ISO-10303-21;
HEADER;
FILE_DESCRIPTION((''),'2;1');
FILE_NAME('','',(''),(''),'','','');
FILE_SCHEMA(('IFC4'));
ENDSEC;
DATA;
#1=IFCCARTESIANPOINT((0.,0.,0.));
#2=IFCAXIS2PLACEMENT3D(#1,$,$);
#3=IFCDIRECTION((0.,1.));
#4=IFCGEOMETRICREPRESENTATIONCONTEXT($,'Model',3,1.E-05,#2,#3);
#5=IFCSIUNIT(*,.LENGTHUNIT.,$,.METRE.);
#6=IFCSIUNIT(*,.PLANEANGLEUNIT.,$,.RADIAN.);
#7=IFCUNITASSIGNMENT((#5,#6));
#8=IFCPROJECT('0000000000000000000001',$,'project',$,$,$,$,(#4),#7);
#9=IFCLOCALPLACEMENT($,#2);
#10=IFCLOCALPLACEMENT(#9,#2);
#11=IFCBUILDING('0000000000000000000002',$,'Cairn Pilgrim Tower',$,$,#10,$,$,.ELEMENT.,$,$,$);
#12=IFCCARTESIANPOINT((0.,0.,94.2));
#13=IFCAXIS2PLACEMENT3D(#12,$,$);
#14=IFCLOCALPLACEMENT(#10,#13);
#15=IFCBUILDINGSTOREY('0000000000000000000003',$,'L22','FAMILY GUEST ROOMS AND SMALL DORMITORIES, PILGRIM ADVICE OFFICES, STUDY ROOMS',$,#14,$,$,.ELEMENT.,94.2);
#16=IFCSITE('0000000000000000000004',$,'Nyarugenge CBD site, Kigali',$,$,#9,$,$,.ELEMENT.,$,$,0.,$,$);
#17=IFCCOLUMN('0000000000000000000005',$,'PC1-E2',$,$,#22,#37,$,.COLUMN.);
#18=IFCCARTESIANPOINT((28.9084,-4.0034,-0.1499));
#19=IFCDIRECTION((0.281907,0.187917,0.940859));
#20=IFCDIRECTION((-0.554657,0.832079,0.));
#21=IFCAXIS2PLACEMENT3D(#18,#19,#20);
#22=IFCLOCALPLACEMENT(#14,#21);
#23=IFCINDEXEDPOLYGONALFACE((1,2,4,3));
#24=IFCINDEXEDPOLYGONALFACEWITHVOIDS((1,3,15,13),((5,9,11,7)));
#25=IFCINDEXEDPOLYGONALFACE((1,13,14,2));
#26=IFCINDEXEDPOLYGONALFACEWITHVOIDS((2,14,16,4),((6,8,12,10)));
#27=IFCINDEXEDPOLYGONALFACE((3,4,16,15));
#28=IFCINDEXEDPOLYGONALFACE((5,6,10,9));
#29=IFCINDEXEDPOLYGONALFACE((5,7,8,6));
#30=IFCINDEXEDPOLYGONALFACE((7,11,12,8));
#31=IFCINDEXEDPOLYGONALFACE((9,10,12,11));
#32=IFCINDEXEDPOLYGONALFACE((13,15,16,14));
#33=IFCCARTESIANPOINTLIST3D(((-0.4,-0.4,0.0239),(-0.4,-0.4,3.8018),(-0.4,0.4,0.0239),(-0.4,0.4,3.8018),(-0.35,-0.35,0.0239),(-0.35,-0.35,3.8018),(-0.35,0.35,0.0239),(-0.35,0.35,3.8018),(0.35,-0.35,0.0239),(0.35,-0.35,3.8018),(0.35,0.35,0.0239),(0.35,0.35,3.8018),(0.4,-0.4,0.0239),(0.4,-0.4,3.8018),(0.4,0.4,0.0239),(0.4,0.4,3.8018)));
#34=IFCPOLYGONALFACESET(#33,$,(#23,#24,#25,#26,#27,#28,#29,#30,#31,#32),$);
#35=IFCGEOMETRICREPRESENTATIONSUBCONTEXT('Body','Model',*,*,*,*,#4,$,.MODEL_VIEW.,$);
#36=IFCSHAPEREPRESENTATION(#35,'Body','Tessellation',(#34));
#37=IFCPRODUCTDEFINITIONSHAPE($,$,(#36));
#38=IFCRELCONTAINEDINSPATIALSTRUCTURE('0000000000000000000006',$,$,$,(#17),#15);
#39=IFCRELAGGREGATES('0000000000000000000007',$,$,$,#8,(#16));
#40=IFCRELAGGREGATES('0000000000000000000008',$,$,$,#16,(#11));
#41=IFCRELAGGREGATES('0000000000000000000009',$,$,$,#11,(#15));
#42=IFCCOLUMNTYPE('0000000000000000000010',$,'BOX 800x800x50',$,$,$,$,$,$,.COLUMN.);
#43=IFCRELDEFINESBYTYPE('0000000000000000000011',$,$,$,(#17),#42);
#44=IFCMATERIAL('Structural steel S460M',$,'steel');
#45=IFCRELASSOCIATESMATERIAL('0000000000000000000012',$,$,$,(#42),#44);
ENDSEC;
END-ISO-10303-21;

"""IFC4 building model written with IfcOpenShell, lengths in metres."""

from ifc_helpers import new_model, si_unit, direction, frame, origin, origin_2d, place, context, subcontext, project, spatial, hollow_rectangle, extrude, clip, halfspace, material, material_profile, profile_set, type_object, element, save


model = new_model("IFC4")

# Units and contexts
model_context = context("Model", 3, precision=1e-05, world=origin(), true_north=direction((0.0, 1.0)))
body_context = subcontext(model_context, "Body", "Model", "MODEL_VIEW")
ifc_project = project(units=[si_unit("LENGTHUNIT", "METRE"), si_unit("PLANEANGLEUNIT", "RADIAN")], contexts=[model_context])

# Site, building, storey
site_placement = place(None, origin())
site = spatial("IfcSite", under=ifc_project, at=site_placement, Name="Nyarugenge CBD site, Kigali", CompositionType="ELEMENT", RefElevation=0.0)
building_placement = place(site_placement, origin())
building = spatial("IfcBuilding", under=site, at=building_placement, Name="Cairn Pilgrim Tower", CompositionType="ELEMENT")
storey_placement = place(building_placement, frame((0.0, 0.0, 94.2)))
storey = spatial("IfcBuildingStorey", under=building, at=storey_placement, Name="L22", Description="FAMILY GUEST ROOMS AND SMALL DORMITORIES, PILGRIM ADVICE OFFICES, STUDY ROOMS", CompositionType="ELEMENT", Elevation=94.2)

# Column
ifc_material_1 = material(Name="Structural steel S460M", Category="steel")
ifc_material_profile_1 = material_profile(ifc_material_1, hollow_rectangle(XDim=0.8, YDim=0.8, WallThickness=0.05, at=origin_2d()), Name="BOX 800x800x50")
ifc_profile_set_1 = profile_set([ifc_material_profile_1], Name="Structural steel S460M")
column_type = type_object("IfcColumnType", Name="BOX 800x800x50", PredefinedType="COLUMN", material=ifc_profile_set_1)
column_placement = place(storey_placement, frame((28.9084, -4.0034, -0.1499), z_axis=(0.281907, 0.187917, 0.940859), x_axis=(-0.554657, 0.832079, 0.0)))
element("IfcColumn", 1, at=column_placement, inside=storey, type_object=column_type, Name="PC1-E2", PredefinedType="COLUMN", context=body_context, shape_type="Clipping", body=[
    clip(clip(extrude(hollow_rectangle(XDim=0.8, YDim=0.8, WallThickness=0.05, at=origin_2d()), origin(), (0.0, 0.0, 1.0), 3.8262), halfspace(frame((0.0, 0.0, 0.0239), z_axis=(0.0, 0.0, 1.0), x_axis=(1.0, 0.0, 0.0)), True)), halfspace(frame((0.0, 0.0, 3.8018), z_axis=(0.0, 0.0, 1.0), x_axis=(1.0, 0.0, 0.0)), False)),
])

save(model, "model.ifc")
